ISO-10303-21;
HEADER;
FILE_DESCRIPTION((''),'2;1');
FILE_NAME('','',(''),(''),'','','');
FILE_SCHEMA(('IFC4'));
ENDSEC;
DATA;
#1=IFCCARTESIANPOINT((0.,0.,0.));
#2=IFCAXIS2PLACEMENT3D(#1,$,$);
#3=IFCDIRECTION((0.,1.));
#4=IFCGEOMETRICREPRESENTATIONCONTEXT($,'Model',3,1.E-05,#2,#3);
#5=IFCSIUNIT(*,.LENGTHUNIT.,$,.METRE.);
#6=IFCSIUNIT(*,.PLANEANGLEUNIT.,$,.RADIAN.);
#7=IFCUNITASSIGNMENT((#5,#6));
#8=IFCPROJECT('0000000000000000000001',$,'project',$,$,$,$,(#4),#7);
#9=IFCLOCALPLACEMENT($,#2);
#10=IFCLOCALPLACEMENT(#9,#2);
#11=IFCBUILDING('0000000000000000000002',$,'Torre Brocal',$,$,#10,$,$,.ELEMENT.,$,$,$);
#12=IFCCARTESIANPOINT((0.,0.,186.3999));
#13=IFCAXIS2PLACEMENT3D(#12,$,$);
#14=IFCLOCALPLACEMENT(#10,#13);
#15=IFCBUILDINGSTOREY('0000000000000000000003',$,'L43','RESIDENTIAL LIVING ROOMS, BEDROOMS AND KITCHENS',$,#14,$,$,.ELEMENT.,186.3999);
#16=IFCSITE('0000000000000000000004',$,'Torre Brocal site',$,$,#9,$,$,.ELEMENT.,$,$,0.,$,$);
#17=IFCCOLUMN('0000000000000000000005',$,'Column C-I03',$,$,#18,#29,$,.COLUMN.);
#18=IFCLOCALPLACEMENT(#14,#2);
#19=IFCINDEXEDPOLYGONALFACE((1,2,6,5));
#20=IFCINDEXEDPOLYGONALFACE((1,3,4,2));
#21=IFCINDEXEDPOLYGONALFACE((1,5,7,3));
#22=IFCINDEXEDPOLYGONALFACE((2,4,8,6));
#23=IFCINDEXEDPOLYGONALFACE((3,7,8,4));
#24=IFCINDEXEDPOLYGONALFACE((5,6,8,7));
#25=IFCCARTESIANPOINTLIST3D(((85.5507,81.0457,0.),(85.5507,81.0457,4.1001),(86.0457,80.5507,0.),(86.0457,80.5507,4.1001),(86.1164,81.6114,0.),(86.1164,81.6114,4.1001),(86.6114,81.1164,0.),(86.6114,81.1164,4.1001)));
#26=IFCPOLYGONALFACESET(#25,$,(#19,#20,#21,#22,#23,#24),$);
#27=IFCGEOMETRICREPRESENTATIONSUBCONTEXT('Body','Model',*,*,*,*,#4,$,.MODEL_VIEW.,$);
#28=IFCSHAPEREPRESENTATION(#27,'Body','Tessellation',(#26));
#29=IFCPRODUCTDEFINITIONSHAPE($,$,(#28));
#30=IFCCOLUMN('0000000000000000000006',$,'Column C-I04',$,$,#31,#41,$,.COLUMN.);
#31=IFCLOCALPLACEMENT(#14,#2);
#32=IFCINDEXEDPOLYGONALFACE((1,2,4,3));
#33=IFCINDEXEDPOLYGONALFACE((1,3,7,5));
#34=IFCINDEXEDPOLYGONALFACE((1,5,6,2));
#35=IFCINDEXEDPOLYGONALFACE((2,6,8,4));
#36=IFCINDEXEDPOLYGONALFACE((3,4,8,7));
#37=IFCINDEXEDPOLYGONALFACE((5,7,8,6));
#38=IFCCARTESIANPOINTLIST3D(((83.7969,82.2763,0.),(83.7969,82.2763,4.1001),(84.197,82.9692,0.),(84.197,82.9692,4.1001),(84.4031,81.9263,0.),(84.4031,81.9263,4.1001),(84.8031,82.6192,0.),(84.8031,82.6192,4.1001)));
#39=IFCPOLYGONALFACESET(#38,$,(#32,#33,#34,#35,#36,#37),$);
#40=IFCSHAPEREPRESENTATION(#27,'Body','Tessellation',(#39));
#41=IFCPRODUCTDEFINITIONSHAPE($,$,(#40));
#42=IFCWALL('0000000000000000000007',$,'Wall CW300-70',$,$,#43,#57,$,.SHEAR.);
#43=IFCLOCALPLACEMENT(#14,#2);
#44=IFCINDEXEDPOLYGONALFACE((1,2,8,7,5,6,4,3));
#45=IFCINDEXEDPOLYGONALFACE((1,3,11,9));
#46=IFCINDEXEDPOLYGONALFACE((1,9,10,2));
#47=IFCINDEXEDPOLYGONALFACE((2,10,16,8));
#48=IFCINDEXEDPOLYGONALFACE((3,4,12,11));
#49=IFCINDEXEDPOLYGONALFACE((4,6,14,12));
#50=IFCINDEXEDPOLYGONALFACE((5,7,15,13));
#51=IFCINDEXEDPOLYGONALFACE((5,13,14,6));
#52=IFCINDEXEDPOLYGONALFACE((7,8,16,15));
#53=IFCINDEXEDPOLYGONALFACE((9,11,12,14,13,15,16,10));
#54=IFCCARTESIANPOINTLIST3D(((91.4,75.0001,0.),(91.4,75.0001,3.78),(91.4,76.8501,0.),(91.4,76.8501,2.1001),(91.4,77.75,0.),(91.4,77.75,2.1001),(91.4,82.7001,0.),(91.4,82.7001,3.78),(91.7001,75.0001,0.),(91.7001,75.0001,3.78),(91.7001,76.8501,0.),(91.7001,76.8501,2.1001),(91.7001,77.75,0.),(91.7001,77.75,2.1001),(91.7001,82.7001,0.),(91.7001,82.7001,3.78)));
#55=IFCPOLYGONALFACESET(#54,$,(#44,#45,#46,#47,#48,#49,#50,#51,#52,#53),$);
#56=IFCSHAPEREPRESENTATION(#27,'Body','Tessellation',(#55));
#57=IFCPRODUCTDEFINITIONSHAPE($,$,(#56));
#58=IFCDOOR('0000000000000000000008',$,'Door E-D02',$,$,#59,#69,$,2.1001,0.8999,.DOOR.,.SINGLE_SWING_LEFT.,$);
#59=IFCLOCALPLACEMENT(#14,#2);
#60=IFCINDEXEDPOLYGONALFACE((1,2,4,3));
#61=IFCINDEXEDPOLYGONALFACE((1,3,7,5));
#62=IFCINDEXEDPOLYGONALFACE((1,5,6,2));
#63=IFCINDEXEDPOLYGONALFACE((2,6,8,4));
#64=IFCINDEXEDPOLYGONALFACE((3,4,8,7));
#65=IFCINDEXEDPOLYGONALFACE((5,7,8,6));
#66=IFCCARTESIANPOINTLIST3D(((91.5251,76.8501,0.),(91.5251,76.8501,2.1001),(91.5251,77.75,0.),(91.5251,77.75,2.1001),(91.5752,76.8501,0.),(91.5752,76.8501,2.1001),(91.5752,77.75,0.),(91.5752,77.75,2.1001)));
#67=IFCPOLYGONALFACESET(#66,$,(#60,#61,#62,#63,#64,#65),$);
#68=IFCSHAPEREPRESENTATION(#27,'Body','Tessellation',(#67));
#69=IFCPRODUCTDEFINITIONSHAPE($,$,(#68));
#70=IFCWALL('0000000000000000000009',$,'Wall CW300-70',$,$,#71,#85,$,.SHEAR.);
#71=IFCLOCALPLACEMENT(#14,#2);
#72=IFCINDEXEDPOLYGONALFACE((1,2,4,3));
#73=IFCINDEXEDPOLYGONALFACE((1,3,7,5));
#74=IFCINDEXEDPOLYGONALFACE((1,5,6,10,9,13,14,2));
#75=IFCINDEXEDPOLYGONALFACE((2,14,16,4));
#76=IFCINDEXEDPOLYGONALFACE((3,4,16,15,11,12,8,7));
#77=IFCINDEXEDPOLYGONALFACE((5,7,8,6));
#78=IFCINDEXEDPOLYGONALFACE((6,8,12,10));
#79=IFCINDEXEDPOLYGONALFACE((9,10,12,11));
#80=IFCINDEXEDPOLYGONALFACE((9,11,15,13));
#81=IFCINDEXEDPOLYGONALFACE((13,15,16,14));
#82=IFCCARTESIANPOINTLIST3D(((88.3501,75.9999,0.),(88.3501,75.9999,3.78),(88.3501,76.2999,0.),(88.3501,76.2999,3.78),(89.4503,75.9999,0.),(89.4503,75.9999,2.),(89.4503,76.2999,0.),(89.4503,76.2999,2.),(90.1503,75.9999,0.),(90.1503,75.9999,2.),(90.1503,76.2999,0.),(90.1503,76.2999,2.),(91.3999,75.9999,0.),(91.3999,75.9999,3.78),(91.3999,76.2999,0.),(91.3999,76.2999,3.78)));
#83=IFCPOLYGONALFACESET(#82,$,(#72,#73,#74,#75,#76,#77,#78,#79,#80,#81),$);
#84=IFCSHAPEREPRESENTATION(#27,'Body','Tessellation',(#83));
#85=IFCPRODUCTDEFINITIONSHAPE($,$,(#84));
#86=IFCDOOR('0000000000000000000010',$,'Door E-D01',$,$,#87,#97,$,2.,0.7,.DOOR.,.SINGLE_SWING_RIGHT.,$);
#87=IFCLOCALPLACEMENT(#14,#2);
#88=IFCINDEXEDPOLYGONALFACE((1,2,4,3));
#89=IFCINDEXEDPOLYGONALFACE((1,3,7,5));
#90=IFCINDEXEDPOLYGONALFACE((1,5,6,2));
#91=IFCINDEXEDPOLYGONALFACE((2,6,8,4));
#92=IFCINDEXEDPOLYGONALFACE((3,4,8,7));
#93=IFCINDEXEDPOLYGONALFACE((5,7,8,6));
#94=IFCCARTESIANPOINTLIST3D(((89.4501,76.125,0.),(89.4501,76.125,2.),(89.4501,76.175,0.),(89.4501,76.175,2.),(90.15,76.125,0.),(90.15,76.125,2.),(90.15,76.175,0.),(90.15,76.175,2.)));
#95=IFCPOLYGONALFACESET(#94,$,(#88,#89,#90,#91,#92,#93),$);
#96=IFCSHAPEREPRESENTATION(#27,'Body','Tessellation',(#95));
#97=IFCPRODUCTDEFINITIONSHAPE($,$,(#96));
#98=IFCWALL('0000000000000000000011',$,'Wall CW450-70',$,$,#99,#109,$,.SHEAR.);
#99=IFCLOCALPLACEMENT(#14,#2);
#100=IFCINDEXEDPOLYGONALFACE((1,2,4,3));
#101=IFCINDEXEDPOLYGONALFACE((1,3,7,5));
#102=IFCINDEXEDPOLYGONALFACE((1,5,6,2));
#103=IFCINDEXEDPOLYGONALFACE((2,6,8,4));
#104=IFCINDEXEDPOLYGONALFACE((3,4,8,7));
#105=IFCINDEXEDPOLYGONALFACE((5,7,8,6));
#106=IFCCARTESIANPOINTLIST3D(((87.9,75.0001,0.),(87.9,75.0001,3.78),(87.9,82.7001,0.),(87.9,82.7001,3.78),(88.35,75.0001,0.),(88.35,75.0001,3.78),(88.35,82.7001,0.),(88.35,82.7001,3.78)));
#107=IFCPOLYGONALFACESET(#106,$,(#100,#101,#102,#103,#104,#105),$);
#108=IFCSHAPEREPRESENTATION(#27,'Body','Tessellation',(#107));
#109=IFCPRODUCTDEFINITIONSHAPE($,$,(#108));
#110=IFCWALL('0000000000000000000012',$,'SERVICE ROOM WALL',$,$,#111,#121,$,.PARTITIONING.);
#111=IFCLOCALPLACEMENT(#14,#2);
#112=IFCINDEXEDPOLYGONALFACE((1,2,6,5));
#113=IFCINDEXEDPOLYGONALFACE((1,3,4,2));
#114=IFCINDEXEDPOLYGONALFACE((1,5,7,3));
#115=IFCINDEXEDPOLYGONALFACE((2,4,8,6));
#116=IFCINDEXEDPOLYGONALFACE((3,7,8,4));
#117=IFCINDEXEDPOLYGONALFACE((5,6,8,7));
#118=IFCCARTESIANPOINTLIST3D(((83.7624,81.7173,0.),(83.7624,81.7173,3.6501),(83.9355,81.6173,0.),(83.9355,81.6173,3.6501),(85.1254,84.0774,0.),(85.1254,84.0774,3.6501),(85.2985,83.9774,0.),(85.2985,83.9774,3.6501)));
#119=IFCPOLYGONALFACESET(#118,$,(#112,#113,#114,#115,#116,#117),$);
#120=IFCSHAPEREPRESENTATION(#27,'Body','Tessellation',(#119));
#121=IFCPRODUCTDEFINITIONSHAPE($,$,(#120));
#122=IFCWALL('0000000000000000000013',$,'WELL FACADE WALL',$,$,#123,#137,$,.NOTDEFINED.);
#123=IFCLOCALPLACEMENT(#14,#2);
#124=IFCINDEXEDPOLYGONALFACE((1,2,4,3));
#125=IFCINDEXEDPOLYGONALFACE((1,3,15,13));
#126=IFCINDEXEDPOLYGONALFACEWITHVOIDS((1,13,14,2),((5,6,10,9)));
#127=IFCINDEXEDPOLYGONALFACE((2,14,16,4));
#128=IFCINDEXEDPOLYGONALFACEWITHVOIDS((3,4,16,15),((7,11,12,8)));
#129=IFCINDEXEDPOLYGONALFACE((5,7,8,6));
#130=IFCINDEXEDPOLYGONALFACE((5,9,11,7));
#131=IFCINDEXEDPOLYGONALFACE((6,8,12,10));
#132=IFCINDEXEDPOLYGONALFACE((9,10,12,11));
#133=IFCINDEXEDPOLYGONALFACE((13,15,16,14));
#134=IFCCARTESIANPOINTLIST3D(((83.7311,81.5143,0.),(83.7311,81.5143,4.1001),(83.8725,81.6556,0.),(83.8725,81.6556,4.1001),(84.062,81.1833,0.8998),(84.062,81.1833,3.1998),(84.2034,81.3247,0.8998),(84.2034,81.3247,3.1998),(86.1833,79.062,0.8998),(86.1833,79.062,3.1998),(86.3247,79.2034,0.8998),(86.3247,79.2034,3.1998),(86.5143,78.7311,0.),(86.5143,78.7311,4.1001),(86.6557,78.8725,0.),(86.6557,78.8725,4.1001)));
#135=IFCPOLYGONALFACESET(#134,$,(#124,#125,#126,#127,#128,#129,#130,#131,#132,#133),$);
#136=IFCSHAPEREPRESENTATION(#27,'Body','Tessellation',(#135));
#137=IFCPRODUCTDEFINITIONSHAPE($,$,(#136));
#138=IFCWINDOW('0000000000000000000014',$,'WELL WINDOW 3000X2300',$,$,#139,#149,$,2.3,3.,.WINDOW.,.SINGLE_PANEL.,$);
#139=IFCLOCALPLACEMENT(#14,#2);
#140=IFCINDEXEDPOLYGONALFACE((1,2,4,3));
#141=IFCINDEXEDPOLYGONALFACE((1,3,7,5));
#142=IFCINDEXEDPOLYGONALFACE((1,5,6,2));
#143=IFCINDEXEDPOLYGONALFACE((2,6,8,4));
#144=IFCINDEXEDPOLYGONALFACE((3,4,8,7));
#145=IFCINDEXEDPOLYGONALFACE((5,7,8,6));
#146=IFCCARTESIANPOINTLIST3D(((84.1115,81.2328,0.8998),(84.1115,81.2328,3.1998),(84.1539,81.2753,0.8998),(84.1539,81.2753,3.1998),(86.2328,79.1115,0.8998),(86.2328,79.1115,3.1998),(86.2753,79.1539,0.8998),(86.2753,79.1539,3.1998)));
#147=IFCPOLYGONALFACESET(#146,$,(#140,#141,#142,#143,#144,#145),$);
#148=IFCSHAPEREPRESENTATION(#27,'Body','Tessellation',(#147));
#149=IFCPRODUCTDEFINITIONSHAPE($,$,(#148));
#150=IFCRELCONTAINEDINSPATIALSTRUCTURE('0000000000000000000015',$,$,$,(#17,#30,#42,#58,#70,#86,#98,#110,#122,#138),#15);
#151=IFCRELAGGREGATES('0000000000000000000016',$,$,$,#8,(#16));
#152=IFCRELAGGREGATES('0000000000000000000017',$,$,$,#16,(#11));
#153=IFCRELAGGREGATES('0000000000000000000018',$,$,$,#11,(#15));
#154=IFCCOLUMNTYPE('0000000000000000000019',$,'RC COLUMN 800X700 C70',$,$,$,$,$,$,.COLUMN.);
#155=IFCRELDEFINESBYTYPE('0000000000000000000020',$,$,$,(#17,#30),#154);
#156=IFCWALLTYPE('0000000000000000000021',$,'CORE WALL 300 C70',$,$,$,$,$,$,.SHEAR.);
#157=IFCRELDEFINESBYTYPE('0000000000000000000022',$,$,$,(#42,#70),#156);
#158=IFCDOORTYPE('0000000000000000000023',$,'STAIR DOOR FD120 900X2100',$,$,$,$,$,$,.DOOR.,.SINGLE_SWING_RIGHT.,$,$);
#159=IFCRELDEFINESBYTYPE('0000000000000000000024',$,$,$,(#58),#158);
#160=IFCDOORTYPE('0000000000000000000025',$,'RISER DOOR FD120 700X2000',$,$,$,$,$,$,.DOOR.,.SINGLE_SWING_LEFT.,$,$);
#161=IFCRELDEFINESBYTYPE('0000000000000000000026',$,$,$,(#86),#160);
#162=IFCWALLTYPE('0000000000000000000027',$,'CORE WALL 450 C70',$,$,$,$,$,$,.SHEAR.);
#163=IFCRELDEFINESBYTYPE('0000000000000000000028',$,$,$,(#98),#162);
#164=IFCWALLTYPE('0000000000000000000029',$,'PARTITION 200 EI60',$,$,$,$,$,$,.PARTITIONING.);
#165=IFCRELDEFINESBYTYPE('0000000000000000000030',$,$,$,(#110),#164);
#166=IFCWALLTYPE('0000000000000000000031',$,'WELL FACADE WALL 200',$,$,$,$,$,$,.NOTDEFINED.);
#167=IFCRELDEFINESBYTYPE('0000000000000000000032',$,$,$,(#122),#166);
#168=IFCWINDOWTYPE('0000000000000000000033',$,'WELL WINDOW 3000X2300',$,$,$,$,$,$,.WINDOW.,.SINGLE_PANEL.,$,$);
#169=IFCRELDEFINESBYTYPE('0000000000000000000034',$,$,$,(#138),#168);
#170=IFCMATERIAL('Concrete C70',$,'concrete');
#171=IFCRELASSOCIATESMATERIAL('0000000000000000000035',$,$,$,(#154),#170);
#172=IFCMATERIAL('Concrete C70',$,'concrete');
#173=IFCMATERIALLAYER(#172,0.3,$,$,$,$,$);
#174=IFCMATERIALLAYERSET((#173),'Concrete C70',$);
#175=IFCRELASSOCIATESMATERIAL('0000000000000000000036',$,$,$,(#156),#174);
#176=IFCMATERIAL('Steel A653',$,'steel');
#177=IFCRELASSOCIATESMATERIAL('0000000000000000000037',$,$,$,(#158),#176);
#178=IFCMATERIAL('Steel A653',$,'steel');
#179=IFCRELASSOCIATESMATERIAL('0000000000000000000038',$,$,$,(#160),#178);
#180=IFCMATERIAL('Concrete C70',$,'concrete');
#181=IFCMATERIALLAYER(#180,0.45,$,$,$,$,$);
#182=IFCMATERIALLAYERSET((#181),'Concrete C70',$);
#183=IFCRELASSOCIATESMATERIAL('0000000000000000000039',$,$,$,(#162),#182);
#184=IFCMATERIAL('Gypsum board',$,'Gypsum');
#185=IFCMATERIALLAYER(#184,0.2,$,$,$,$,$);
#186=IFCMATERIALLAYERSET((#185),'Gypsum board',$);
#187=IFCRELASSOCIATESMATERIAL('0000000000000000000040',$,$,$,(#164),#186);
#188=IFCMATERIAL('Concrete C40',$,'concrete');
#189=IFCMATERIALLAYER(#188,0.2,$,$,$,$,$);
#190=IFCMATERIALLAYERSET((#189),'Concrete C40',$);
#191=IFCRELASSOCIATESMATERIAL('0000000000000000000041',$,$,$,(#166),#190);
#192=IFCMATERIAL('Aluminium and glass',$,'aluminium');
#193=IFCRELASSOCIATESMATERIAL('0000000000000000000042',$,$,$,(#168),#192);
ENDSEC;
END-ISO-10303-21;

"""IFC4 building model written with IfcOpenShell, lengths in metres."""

from ifc_helpers import new_model, si_unit, direction, frame, frame_2d, origin, origin_2d, place, context, subcontext, project, spatial, rectangle, extrude, material, layer, layer_set, material_profile, profile_set, type_object, element, fill, save


model = new_model("IFC4")

# Units and contexts
model_context = context("Model", 3, precision=1e-05, world=origin(), true_north=direction((0.0, 1.0)))
body_context = subcontext(model_context, "Body", "Model", "MODEL_VIEW")
ifc_project = project(units=[si_unit("LENGTHUNIT", "METRE"), si_unit("PLANEANGLEUNIT", "RADIAN")], contexts=[model_context])

# Site, building, storey
site_placement = place(None, origin())
site = spatial("IfcSite", under=ifc_project, at=site_placement, Name="Torre Brocal site", CompositionType="ELEMENT", RefElevation=0.0)
building_placement = place(site_placement, origin())
building = spatial("IfcBuilding", under=site, at=building_placement, Name="Torre Brocal", CompositionType="ELEMENT")
storey_placement = place(building_placement, frame((0.0, 0.0, 186.3999)))
storey = spatial("IfcBuildingStorey", under=building, at=storey_placement, Name="L43", Description="RESIDENTIAL LIVING ROOMS, BEDROOMS AND KITCHENS", CompositionType="ELEMENT", Elevation=186.3999)

# Columns
ifc_material_1 = material(Name="Concrete C70", Category="concrete")
ifc_material_profile = material_profile(ifc_material_1, rectangle(XDim=0.8, YDim=0.7, at=origin_2d()), Name="RC 800X700")
ifc_profile_set = profile_set([ifc_material_profile], Name="Concrete C70")
column_type = type_object("IfcColumnType", Name="RC COLUMN 800X700 C70", PredefinedType="COLUMN", material=ifc_profile_set)
for number, where, z_axis, x_axis, name in (
    (1, (86.0811, 81.0811, 0.0), (0.0, 0.0, 1.0), (0.707107, 0.707107, 0.0), "Column C-I03"),
    (2, (84.3, 82.4478, 0.0), (0.0, 0.0, 1.0), (0.5, 0.866025, 0.0), "Column C-I04"),
):
    element("IfcColumn", number, at=place(storey_placement, frame(where, z_axis=z_axis, x_axis=x_axis)), inside=storey, type_object=column_type, Name=name, PredefinedType="COLUMN", context=body_context, shape_type="SweptSolid", body=[
        extrude(rectangle(XDim=0.8, YDim=0.7, at=origin_2d()), origin(), (0.0, 0.0, 1.0), 4.1001),
    ])

# Walls, openings, doors
ifc_material_2 = material(Name="Concrete C70", Category="concrete")
ifc_layer_1 = layer(ifc_material_2, 0.3)
ifc_layer_set_1 = layer_set([ifc_layer_1], Name="Concrete C70")
wall_type_1 = type_object("IfcWallType", Name="CORE WALL 300 C70", PredefinedType="SHEAR", material=ifc_layer_set_1)
wall_1_placement = place(storey_placement, frame((91.55, 75.0, 0.0), z_axis=(0.0, 0.0, 1.0), x_axis=(0.0, 1.0, 0.0)))
wall_1 = element("IfcWall", 3, at=wall_1_placement, inside=storey, type_object=wall_type_1, Name="Wall CW300-70", PredefinedType="SHEAR", context=body_context, shape_type="SweptSolid", body=[
    extrude(rectangle(XDim=7.7, YDim=0.3, at=frame_2d((3.8501, 0.0))), origin(), (0.0, 0.0, 1.0), 3.78),
])
opening_1_placement = place(wall_1_placement, frame((1.8501, 0.0, 0.0)))
opening_1 = element("IfcOpeningElement", 4, at=opening_1_placement, cuts=wall_1, PredefinedType="OPENING", context=body_context, shape_type="SweptSolid", body=[
    extrude(rectangle(XDim=0.8999, YDim=2.1001, at=frame_2d((0.45, 1.05))), frame((0.0, 0.1599, 0.0), z_axis=(0.0, -1.0, 0.0), x_axis=(1.0, 0.0, 0.0)), (0.0, 0.0, 1.0), 0.3201),
])
ifc_material_3 = material(Name="Steel A653", Category="steel")
door_type_1 = type_object("IfcDoorType", Name="STAIR DOOR FD120 900X2100", OperationType="SINGLE_SWING_RIGHT", PredefinedType="DOOR", material=ifc_material_3)
door_1_placement = place(opening_1_placement, origin())
door_1 = element("IfcDoor", 5, at=door_1_placement, inside=storey, type_object=door_type_1, Name="Door E-D02", OperationType="SINGLE_SWING_LEFT", OverallHeight=2.1001, OverallWidth=0.8999, PredefinedType="DOOR", context=body_context, shape_type="SweptSolid", body=[
    extrude(rectangle(XDim=0.8999, YDim=2.1001, at=frame_2d((0.45, 1.05))), frame((0.0, 0.0249, 0.0), z_axis=(0.0, -1.0, 0.0), x_axis=(1.0, 0.0, 0.0)), (0.0, 0.0, 1.0), 0.05),
])
fill(opening_1, door_1)
wall_2_placement = place(storey_placement, frame((88.3501, 76.1499, 0.0), z_axis=(0.0, 0.0, 1.0), x_axis=(1.0, 0.0, 0.0)))
wall_2 = element("IfcWall", 6, at=wall_2_placement, inside=storey, type_object=wall_type_1, Name="Wall CW300-70", PredefinedType="SHEAR", context=body_context, shape_type="SweptSolid", body=[
    extrude(rectangle(XDim=3.0498, YDim=0.3, at=frame_2d((1.5249, 0.0))), origin(), (0.0, 0.0, 1.0), 3.78),
])
opening_2_placement = place(wall_2_placement, frame((1.1001, 0.0, 0.0)))
opening_2 = element("IfcOpeningElement", 7, at=opening_2_placement, cuts=wall_2, PredefinedType="OPENING", context=body_context, shape_type="SweptSolid", body=[
    extrude(rectangle(XDim=0.7, YDim=2.0, at=frame_2d((0.3501, 1.0))), frame((0.0, 0.1599, 0.0), z_axis=(0.0, -1.0, 0.0), x_axis=(1.0, 0.0, 0.0)), (0.0, 0.0, 1.0), 0.3201),
])
ifc_material_4 = material(Name="Steel A653", Category="steel")
door_type_2 = type_object("IfcDoorType", Name="RISER DOOR FD120 700X2000", OperationType="SINGLE_SWING_LEFT", PredefinedType="DOOR", material=ifc_material_4)
door_2_placement = place(opening_2_placement, frame((0.7, 0.0, 0.0), z_axis=(0.0, 0.0, 1.0), x_axis=(-1.0, 0.0, 0.0)))
door_2 = element("IfcDoor", 8, at=door_2_placement, inside=storey, type_object=door_type_2, Name="Door E-D01", OperationType="SINGLE_SWING_RIGHT", OverallHeight=2.0, OverallWidth=0.7, PredefinedType="DOOR", context=body_context, shape_type="SweptSolid", body=[
    extrude(rectangle(XDim=0.7, YDim=2.0, at=frame_2d((0.3501, 1.0))), frame((0.0, 0.0249, 0.0), z_axis=(0.0, -1.0, 0.0), x_axis=(1.0, 0.0, 0.0)), (0.0, 0.0, 1.0), 0.05),
])
fill(opening_2, door_2)

# Walls
ifc_material_5 = material(Name="Concrete C70", Category="concrete")
ifc_layer_2 = layer(ifc_material_5, 0.45)
ifc_layer_set_2 = layer_set([ifc_layer_2], Name="Concrete C70")
wall_type_2 = type_object("IfcWallType", Name="CORE WALL 450 C70", PredefinedType="SHEAR", material=ifc_layer_set_2)
wall_3_placement = place(storey_placement, frame((88.125, 75.0, 0.0), z_axis=(0.0, 0.0, 1.0), x_axis=(0.0, 1.0, 0.0)))
element("IfcWall", 9, at=wall_3_placement, inside=storey, type_object=wall_type_2, Name="Wall CW450-70", PredefinedType="SHEAR", context=body_context, shape_type="SweptSolid", body=[
    extrude(rectangle(XDim=7.7, YDim=0.45, at=frame_2d((3.8501, 0.0))), origin(), (0.0, 0.0, 1.0), 3.78),
])
ifc_material_6 = material(Name="Gypsum board", Category="Gypsum")
ifc_layer_3 = layer(ifc_material_6, 0.2)
ifc_layer_set_3 = layer_set([ifc_layer_3], Name="Gypsum board")
wall_type_3 = type_object("IfcWallType", Name="PARTITION 200 EI60", PredefinedType="PARTITIONING", material=ifc_layer_set_3)
wall_4_placement = place(storey_placement, frame((83.8489, 81.6672, 0.0), z_axis=(0.0, 0.0, 1.0), x_axis=(0.500118, 0.865957, 0.0)))
element("IfcWall", 10, at=wall_4_placement, inside=storey, type_object=wall_type_3, Name="SERVICE ROOM WALL", PredefinedType="PARTITIONING", context=body_context, shape_type="SweptSolid", body=[
    extrude(rectangle(XDim=2.7253, YDim=0.2, at=frame_2d((1.3628, 0.0))), origin(), (0.0, 0.0, 1.0), 3.6501),
])

# Wall, opening, window
ifc_material_7 = material(Name="Concrete C40", Category="concrete")
ifc_layer_4 = layer(ifc_material_7, 0.2)
ifc_layer_set_4 = layer_set([ifc_layer_4], Name="Concrete C40")
wall_type_4 = type_object("IfcWallType", Name="WELL FACADE WALL 200", PredefinedType="NOTDEFINED", material=ifc_layer_set_4)
wall_5_placement = place(storey_placement, frame((86.585, 78.8018, 0.0), z_axis=(0.0, 0.0, 1.0), x_axis=(-0.707107, 0.707107, 0.0)))
wall_5 = element("IfcWall", 11, at=wall_5_placement, inside=storey, type_object=wall_type_4, Name="WELL FACADE WALL", PredefinedType="NOTDEFINED", context=body_context, shape_type="SweptSolid", body=[
    extrude(rectangle(XDim=3.936, YDim=0.2, at=frame_2d((1.968, 0.0))), origin(), (0.0, 0.0, 1.0), 4.1001),
])
opening_3_placement = place(wall_5_placement, frame((0.468, 0.0, 0.8999)))
opening_3 = element("IfcOpeningElement", 12, at=opening_3_placement, cuts=wall_5, PredefinedType="OPENING", context=body_context, shape_type="SweptSolid", body=[
    extrude(rectangle(XDim=3.0, YDim=2.3, at=frame_2d((1.5, 1.1499))), frame((0.0, 0.1099, 0.0), z_axis=(0.0, -1.0, 0.0), x_axis=(1.0, 0.0, 0.0)), (0.0, 0.0, 1.0), 0.22),
])
ifc_material_8 = material(Name="Aluminium and glass", Category="aluminium")
window_type = type_object("IfcWindowType", Name="WELL WINDOW 3000X2300", PartitioningType="SINGLE_PANEL", PredefinedType="WINDOW", material=ifc_material_8)
window_1_placement = place(opening_3_placement, origin())
window_1 = element("IfcWindow", 13, at=window_1_placement, inside=storey, type_object=window_type, Name="WELL WINDOW 3000X2300", OverallHeight=2.3, OverallWidth=3.0, PartitioningType="SINGLE_PANEL", PredefinedType="WINDOW", context=body_context, shape_type="SweptSolid", body=[
    extrude(rectangle(XDim=3.0, YDim=2.3, at=frame_2d((1.5, 1.1499))), frame((0.0, 0.03, 0.0), z_axis=(0.0, -1.0, 0.0), x_axis=(1.0, 0.0, 0.0)), (0.0, 0.0, 1.0), 0.0601),
])
fill(opening_3, window_1)

save(model, "model.ifc")
